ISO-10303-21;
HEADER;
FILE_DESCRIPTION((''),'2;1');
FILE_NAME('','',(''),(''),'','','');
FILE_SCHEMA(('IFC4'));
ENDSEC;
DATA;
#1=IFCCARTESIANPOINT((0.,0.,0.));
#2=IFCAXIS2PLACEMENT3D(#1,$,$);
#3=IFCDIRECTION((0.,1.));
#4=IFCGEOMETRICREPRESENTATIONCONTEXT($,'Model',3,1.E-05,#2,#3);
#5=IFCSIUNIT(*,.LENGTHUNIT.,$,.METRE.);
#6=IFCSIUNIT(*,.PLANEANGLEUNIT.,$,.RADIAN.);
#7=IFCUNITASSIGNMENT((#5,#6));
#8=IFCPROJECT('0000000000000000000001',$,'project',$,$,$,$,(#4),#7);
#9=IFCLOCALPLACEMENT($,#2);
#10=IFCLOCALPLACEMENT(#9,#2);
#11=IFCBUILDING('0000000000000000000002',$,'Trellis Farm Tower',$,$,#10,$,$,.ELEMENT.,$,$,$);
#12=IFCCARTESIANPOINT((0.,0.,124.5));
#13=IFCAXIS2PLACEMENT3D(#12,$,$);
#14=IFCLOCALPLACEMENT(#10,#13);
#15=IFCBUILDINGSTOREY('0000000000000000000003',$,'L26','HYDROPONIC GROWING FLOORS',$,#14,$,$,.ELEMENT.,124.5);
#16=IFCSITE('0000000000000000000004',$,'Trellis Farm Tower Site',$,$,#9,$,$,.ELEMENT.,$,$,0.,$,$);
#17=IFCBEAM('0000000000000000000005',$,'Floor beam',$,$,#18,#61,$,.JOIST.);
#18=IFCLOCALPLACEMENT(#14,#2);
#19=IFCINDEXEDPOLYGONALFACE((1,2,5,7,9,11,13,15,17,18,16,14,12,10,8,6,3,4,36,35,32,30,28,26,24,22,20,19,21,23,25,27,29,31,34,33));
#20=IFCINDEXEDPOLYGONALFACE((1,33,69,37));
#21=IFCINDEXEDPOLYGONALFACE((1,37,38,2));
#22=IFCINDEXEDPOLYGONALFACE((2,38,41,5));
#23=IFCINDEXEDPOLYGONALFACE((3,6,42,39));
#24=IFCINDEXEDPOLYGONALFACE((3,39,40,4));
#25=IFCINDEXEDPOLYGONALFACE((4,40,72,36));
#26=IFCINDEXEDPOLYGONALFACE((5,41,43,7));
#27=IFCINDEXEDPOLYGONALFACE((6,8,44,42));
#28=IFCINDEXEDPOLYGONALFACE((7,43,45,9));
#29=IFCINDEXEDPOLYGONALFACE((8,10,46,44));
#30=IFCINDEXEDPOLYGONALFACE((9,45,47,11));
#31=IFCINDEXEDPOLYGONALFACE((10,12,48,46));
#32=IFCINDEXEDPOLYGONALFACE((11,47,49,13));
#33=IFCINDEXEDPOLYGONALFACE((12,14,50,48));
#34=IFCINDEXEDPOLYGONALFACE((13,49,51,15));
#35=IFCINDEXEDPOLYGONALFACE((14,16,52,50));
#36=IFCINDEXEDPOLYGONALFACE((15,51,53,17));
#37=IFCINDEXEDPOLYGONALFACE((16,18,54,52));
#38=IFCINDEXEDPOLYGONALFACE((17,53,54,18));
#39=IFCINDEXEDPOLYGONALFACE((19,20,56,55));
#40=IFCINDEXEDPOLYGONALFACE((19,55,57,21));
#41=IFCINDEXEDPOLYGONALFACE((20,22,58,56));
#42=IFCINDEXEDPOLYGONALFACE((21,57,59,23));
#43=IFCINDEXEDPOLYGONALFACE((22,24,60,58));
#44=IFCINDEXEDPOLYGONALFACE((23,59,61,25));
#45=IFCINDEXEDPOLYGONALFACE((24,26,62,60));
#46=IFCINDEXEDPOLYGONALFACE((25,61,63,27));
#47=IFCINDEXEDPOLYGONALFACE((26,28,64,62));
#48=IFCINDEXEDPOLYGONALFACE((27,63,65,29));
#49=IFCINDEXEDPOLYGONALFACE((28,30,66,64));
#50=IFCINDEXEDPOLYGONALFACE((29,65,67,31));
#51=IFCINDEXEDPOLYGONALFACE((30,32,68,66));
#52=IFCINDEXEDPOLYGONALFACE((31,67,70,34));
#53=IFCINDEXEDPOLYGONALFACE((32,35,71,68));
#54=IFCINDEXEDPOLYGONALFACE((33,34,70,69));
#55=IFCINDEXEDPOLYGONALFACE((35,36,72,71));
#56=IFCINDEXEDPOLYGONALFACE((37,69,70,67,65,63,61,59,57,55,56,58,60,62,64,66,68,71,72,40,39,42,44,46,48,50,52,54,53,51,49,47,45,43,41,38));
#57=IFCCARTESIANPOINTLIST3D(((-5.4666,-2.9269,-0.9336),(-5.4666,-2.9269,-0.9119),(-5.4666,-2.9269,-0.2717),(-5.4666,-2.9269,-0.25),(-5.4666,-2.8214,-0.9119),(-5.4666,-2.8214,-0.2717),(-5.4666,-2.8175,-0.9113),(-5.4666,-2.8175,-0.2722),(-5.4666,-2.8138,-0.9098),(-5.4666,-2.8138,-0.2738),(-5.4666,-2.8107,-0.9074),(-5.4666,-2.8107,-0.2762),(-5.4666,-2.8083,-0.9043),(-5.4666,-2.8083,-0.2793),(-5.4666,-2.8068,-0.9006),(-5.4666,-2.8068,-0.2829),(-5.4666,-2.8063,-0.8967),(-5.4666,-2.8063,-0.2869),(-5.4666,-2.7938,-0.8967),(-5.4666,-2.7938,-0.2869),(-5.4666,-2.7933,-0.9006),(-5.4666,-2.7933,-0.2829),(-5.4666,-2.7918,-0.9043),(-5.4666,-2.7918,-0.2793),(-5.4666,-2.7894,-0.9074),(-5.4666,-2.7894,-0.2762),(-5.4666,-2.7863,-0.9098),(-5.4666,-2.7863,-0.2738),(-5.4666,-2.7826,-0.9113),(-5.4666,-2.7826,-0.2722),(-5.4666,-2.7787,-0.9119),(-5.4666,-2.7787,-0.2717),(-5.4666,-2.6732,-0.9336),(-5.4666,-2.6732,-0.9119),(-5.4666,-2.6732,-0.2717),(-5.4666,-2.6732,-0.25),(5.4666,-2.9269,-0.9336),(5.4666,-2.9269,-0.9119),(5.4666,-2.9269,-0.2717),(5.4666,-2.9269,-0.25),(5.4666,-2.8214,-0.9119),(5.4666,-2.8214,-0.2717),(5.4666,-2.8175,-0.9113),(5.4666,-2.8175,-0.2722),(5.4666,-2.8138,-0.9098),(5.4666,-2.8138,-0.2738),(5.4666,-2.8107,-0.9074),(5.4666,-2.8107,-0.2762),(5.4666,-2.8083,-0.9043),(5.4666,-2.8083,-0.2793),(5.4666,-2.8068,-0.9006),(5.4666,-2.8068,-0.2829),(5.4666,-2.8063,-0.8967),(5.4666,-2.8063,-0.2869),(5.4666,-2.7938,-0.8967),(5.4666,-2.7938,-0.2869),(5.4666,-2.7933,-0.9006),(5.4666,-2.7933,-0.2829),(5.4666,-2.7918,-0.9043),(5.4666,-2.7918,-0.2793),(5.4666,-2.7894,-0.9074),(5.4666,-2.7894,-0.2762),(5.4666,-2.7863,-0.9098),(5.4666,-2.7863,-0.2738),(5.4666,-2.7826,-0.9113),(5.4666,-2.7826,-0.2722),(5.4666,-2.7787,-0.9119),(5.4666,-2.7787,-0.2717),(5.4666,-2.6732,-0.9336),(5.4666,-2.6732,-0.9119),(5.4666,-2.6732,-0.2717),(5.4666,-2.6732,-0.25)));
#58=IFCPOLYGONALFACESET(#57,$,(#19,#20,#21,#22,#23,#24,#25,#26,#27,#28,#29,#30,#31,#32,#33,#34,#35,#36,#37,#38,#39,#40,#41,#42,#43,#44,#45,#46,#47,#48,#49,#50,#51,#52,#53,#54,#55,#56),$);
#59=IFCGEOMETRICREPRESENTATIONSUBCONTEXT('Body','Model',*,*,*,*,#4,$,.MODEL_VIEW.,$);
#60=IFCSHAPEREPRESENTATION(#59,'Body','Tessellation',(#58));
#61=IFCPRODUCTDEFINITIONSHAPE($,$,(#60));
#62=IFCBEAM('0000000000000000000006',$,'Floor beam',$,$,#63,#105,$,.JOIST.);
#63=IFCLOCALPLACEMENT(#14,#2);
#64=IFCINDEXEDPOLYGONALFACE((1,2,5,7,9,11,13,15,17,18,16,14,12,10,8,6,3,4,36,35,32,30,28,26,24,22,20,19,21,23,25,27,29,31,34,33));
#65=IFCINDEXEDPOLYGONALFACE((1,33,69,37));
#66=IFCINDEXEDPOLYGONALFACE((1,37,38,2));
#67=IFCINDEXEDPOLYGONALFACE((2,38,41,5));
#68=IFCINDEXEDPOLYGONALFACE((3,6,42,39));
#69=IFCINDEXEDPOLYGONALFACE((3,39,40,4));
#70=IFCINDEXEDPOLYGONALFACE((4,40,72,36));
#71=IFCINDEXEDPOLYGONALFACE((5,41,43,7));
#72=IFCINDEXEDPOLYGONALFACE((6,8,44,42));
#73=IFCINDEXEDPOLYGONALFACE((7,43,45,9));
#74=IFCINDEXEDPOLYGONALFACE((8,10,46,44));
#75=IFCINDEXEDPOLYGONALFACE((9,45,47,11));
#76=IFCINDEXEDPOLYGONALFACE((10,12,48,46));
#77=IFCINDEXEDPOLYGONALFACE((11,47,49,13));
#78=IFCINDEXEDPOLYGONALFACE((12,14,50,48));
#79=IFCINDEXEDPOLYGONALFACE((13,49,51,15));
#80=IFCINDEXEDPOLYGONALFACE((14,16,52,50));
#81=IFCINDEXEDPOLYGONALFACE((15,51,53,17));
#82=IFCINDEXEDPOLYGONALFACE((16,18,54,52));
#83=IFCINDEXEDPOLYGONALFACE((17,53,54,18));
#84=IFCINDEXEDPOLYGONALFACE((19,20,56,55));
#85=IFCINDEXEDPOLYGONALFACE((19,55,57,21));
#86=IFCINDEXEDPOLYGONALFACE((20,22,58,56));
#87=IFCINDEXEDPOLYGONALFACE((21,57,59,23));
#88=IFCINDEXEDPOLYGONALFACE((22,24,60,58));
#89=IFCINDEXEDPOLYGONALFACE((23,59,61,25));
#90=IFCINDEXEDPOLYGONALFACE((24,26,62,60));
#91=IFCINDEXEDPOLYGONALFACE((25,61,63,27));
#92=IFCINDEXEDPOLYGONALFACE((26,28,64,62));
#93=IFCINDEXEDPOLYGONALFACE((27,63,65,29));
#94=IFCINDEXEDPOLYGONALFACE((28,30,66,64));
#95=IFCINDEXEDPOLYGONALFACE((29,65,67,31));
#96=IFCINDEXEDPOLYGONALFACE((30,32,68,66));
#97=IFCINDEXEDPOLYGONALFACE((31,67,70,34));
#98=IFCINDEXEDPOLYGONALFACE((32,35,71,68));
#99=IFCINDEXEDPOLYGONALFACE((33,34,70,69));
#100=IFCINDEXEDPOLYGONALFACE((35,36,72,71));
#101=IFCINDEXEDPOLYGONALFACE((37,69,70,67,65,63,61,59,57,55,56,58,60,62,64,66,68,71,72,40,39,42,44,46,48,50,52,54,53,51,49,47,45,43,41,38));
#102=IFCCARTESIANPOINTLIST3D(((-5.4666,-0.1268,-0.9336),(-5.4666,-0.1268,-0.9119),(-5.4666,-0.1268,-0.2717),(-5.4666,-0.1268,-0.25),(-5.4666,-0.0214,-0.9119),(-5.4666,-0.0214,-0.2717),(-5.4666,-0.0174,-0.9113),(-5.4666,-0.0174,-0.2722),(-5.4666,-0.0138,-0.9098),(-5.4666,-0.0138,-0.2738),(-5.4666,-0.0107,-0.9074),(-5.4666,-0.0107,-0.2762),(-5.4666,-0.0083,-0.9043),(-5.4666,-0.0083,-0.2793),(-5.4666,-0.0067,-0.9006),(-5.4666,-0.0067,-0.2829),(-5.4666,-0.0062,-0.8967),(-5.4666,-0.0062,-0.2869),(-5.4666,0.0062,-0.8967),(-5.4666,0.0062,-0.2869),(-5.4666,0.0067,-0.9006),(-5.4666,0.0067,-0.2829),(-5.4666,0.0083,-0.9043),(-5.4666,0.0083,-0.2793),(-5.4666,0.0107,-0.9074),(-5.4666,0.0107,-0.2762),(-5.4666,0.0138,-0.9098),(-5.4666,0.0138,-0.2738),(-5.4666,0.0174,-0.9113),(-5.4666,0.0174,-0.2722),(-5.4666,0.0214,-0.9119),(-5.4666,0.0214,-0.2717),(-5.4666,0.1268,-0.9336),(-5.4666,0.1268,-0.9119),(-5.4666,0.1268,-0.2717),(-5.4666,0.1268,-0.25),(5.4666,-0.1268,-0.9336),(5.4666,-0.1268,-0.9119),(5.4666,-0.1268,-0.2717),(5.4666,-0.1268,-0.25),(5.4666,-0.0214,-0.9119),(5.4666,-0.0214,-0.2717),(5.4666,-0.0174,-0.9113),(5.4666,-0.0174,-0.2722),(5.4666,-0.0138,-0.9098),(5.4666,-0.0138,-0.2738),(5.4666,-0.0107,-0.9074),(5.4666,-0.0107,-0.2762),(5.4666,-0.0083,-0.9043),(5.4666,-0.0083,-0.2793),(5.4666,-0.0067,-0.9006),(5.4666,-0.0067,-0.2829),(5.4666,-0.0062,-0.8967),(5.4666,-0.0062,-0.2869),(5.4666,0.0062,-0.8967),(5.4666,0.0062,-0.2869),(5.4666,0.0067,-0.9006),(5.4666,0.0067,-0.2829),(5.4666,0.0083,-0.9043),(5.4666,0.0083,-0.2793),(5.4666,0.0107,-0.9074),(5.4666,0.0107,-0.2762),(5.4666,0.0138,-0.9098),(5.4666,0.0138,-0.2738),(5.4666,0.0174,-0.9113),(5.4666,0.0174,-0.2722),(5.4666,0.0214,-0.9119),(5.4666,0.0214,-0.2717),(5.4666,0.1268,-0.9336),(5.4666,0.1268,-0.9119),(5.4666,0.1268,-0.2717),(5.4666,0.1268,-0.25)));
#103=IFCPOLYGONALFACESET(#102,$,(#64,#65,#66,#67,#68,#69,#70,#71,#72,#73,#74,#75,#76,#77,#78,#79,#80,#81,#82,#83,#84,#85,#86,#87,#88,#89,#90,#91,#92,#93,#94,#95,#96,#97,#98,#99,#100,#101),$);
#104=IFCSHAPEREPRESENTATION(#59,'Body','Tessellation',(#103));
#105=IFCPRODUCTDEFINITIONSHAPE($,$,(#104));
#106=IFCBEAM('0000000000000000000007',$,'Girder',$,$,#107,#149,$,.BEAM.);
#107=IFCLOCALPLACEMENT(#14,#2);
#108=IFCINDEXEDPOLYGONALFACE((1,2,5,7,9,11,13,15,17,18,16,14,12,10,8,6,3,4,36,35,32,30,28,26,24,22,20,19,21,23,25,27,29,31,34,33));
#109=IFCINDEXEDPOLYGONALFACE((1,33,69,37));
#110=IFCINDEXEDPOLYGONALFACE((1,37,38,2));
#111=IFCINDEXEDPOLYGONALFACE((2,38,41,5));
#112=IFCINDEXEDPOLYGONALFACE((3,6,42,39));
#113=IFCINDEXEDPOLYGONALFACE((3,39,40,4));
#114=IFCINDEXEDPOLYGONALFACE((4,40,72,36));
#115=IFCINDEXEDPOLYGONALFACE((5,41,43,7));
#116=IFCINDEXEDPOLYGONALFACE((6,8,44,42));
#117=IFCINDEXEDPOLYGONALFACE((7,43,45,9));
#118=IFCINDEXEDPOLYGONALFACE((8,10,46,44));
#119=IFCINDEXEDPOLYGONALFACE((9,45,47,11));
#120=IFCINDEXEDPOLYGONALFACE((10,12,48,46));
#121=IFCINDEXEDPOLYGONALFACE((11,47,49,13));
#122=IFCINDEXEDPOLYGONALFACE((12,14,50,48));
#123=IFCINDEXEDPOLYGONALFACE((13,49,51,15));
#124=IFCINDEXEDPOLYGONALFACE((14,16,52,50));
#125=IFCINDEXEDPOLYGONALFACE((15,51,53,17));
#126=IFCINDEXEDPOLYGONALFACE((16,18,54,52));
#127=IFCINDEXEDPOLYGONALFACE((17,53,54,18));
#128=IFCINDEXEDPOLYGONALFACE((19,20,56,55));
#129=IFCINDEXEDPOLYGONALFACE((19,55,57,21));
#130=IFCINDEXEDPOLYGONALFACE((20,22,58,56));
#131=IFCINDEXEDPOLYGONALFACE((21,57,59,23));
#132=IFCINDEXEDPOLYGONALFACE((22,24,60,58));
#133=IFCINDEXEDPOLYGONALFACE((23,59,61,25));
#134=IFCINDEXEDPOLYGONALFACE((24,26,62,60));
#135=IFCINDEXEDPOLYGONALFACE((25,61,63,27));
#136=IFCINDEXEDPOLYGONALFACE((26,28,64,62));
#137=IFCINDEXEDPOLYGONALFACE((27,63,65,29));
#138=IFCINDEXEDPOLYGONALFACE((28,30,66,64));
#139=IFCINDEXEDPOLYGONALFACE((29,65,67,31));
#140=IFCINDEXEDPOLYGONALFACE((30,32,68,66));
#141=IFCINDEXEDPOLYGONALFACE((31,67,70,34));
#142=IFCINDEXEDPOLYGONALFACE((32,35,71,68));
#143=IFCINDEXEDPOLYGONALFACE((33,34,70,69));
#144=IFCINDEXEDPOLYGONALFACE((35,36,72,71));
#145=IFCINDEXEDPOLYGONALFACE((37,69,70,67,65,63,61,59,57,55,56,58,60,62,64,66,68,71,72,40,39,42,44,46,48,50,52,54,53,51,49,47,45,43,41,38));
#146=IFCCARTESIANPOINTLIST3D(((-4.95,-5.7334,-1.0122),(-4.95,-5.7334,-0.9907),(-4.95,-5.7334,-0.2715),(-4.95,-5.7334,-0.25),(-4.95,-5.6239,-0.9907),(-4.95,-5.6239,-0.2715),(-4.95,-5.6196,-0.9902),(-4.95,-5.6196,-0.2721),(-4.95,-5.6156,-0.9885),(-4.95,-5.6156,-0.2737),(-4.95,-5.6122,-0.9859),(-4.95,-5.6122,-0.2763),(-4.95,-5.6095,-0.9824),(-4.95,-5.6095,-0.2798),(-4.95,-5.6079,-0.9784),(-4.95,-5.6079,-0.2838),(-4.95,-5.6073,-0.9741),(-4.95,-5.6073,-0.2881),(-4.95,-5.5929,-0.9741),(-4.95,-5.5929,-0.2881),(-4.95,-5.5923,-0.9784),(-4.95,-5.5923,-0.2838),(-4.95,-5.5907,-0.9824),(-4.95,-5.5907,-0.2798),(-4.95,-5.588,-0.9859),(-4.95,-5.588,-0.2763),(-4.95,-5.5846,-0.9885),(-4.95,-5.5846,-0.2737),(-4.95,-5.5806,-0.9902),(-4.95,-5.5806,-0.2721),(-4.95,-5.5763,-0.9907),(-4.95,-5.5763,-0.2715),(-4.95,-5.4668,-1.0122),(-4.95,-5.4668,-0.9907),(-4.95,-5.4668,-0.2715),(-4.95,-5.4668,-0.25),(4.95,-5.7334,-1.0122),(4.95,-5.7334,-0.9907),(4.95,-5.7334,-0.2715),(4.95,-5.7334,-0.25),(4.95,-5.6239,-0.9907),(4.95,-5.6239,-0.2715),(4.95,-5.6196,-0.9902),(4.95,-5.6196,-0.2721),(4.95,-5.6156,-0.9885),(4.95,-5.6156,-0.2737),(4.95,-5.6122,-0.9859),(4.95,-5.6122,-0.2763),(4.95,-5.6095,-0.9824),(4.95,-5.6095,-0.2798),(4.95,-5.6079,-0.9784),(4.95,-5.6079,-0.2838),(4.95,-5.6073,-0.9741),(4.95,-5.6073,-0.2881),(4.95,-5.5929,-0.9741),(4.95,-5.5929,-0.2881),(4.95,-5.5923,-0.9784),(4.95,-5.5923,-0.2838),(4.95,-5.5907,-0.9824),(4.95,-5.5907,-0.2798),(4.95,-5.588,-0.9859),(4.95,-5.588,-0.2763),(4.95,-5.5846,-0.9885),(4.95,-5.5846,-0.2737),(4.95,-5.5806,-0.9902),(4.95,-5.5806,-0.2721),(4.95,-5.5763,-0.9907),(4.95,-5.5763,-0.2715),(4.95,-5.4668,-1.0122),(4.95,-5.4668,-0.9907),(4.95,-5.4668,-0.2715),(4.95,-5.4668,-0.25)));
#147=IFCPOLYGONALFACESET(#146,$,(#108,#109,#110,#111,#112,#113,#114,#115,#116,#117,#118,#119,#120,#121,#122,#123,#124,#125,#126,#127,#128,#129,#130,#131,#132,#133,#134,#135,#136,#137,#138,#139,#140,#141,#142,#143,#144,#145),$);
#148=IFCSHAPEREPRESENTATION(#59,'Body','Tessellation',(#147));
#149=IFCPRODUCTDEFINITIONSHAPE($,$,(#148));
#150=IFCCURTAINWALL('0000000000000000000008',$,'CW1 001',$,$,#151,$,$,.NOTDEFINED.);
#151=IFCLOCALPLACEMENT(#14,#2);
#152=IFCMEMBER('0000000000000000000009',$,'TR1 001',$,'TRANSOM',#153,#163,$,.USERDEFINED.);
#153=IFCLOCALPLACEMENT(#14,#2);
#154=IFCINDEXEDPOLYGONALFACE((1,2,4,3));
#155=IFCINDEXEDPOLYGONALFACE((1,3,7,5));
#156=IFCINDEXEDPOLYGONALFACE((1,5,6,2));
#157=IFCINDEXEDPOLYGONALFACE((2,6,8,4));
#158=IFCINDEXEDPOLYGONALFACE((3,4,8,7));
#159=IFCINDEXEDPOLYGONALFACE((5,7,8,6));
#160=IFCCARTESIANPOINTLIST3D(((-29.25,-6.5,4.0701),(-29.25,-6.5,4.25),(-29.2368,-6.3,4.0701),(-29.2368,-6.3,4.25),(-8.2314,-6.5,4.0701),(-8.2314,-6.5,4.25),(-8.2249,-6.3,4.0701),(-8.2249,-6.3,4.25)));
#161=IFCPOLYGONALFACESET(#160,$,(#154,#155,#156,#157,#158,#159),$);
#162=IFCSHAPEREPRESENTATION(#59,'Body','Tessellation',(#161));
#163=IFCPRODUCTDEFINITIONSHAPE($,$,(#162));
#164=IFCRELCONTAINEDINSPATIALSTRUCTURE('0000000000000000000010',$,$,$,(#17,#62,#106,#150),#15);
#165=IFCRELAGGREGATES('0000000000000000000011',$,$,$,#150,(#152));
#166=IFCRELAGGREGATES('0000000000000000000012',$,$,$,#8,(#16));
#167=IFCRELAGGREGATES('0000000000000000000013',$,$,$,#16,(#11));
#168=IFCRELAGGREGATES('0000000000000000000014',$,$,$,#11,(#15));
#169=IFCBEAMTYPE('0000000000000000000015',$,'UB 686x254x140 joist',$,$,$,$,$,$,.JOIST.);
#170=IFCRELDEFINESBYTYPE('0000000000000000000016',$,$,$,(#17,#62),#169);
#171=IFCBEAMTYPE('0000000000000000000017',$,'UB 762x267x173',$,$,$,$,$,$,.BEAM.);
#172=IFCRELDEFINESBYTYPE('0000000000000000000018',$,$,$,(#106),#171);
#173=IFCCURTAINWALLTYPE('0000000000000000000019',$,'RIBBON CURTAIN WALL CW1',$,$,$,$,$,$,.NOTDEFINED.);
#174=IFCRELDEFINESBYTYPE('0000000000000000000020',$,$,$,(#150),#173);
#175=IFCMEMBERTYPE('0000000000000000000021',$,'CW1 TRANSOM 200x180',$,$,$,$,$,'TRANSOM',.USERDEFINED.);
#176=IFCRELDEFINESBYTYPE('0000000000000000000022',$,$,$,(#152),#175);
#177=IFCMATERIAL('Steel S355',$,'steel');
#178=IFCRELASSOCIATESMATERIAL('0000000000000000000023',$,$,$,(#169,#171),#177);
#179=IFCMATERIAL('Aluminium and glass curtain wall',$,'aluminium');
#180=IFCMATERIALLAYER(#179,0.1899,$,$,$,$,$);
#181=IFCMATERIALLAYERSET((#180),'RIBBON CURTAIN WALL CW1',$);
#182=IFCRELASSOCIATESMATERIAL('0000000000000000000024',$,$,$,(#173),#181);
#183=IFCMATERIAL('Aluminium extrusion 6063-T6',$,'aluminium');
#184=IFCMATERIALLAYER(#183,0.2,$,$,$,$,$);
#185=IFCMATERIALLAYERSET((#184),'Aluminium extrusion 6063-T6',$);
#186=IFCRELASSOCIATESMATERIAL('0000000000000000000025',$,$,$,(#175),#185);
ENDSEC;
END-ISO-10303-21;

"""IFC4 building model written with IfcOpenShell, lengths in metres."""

from ifc_helpers import new_model, si_unit, direction, frame, origin, origin_2d, place, context, subcontext, project, spatial, polyline, i_section, outline, extrude, source, transform, mapped, material, layer, layer_set, material_profile, profile_set, type_object, element, aggregate, save


model = new_model("IFC4")

# Units and contexts
model_context = context("Model", 3, precision=1e-05, world=origin(), true_north=direction((0.0, 1.0)))
body_context = subcontext(model_context, "Body", "Model", "MODEL_VIEW")
ifc_project = project(units=[si_unit("LENGTHUNIT", "METRE"), si_unit("PLANEANGLEUNIT", "RADIAN")], contexts=[model_context])

# Site, building, storey
site_placement = place(None, origin())
site = spatial("IfcSite", under=ifc_project, at=site_placement, Name="Trellis Farm Tower Site", CompositionType="ELEMENT", RefElevation=0.0)
building_placement = place(site_placement, origin())
building = spatial("IfcBuilding", under=site, at=building_placement, Name="Trellis Farm Tower", CompositionType="ELEMENT")
storey_placement = place(building_placement, frame((0.0, 0.0, 124.5)))
storey = spatial("IfcBuildingStorey", under=building, at=storey_placement, Name="L26", Description="HYDROPONIC GROWING FLOORS", CompositionType="ELEMENT", Elevation=124.5)

# Beams
ifc_material_1 = material(Name="Steel S355", Category="steel")
ifc_material_profile_1 = material_profile(ifc_material_1, i_section(OverallWidth=0.2537, OverallDepth=0.6836, WebThickness=0.0125, FlangeThickness=0.0217, FilletRadius=0.0151, at=origin_2d()), Name="UB 686x254x140")
ifc_profile_set_1 = profile_set([ifc_material_profile_1], Name="Steel S355")
beam_type_1 = type_object("IfcBeamType", Name="UB 686x254x140 joist", PredefinedType="JOIST", material=ifc_profile_set_1)
shared_shape_1 = source(origin(), body_context, "Body", "SweptSolid", [
    extrude(i_section(OverallWidth=0.2537, OverallDepth=0.6836, WebThickness=0.0125, FlangeThickness=0.0217, FilletRadius=0.0151, at=origin_2d()), origin(), (0.0, 0.0, 1.0), 10.9331),
])
for number, where, z_axis, x_axis, name in (
    (1, (-5.4666, -2.8, -0.5918), (1.0, 0.0, 0.0), (0.0, 1.0, 0.0), "Floor beam"),
    (2, (-5.4666, 0.0, -0.5918), (1.0, 0.0, 0.0), (0.0, 1.0, 0.0), "Floor beam"),
):
    element("IfcBeam", number, at=place(storey_placement, frame(where, z_axis=z_axis, x_axis=x_axis)), inside=storey, type_object=beam_type_1, Name=name, PredefinedType="JOIST", context=body_context, shape_type="MappedRepresentation", body=[
        mapped(shared_shape_1, transform((0.0, 0.0, 0.0))),
    ])
ifc_material_profile_2 = material_profile(ifc_material_1, i_section(OverallWidth=0.2666, OverallDepth=0.7622, WebThickness=0.0144, FlangeThickness=0.0215, FilletRadius=0.0166, at=origin_2d()), Name="UB 762x267x173")
ifc_profile_set_2 = profile_set([ifc_material_profile_2], Name="Steel S355")
beam_type_2 = type_object("IfcBeamType", Name="UB 762x267x173", PredefinedType="BEAM", material=ifc_profile_set_2)
shared_shape_2 = source(origin(), body_context, "Body", "SweptSolid", [
    extrude(i_section(OverallWidth=0.2666, OverallDepth=0.7622, WebThickness=0.0144, FlangeThickness=0.0215, FilletRadius=0.0166, at=origin_2d()), origin(), (0.0, 0.0, 1.0), 9.8999),
])
beam_placement = place(storey_placement, frame((-4.95, -5.6001, -0.6311), z_axis=(1.0, 0.0, 0.0), x_axis=(0.0, 1.0, 0.0)))
element("IfcBeam", 3, at=beam_placement, inside=storey, type_object=beam_type_2, Name="Girder", PredefinedType="BEAM", context=body_context, shape_type="MappedRepresentation", body=[
    mapped(shared_shape_2, transform((0.0, 0.0, 0.0))),
])

# Curtain wall, member
ifc_material_2 = material(Name="Aluminium and glass curtain wall", Category="aluminium")
ifc_layer_1 = layer(ifc_material_2, 0.1899)
ifc_layer_set_1 = layer_set([ifc_layer_1], Name="RIBBON CURTAIN WALL CW1")
curtain_wall_type = type_object("IfcCurtainWallType", Name="RIBBON CURTAIN WALL CW1", PredefinedType="NOTDEFINED", material=ifc_layer_set_1)
placement_1 = place(storey_placement, origin())
curtain_wall = element("IfcCurtainWall", 4, at=placement_1, inside=storey, type_object=curtain_wall_type, Name="CW1 001", PredefinedType="NOTDEFINED")
ifc_material_3 = material(Name="Aluminium extrusion 6063-T6", Category="aluminium")
ifc_layer_2 = layer(ifc_material_3, 0.2)
ifc_layer_set_2 = layer_set([ifc_layer_2], Name="Aluminium extrusion 6063-T6")
member_type = type_object("IfcMemberType", Name="CW1 TRANSOM 200x180", ElementType="TRANSOM", PredefinedType="USERDEFINED", material=ifc_layer_set_2)
shared_shape_3 = source(origin(), body_context, "Body", "SweptSolid", [
    extrude(outline(polyline([(-29.25, -6.5), (-8.2314, -6.5), (-8.2249, -6.3), (-29.2368, -6.3), (-29.25, -6.5)])), origin(), (0.0, 0.0, 1.0), 0.1799),
])
member_placement = place(storey_placement, frame((0.0, 0.0, 4.0701)))
member = element("IfcMember", 5, at=member_placement, type_object=member_type, Name="TR1 001", ObjectType="TRANSOM", PredefinedType="USERDEFINED", context=body_context, shape_type="MappedRepresentation", body=[
    mapped(shared_shape_3, transform((0.0, 0.0, 0.0))),
])

aggregate(curtain_wall, [member])

save(model, "model.ifc")
